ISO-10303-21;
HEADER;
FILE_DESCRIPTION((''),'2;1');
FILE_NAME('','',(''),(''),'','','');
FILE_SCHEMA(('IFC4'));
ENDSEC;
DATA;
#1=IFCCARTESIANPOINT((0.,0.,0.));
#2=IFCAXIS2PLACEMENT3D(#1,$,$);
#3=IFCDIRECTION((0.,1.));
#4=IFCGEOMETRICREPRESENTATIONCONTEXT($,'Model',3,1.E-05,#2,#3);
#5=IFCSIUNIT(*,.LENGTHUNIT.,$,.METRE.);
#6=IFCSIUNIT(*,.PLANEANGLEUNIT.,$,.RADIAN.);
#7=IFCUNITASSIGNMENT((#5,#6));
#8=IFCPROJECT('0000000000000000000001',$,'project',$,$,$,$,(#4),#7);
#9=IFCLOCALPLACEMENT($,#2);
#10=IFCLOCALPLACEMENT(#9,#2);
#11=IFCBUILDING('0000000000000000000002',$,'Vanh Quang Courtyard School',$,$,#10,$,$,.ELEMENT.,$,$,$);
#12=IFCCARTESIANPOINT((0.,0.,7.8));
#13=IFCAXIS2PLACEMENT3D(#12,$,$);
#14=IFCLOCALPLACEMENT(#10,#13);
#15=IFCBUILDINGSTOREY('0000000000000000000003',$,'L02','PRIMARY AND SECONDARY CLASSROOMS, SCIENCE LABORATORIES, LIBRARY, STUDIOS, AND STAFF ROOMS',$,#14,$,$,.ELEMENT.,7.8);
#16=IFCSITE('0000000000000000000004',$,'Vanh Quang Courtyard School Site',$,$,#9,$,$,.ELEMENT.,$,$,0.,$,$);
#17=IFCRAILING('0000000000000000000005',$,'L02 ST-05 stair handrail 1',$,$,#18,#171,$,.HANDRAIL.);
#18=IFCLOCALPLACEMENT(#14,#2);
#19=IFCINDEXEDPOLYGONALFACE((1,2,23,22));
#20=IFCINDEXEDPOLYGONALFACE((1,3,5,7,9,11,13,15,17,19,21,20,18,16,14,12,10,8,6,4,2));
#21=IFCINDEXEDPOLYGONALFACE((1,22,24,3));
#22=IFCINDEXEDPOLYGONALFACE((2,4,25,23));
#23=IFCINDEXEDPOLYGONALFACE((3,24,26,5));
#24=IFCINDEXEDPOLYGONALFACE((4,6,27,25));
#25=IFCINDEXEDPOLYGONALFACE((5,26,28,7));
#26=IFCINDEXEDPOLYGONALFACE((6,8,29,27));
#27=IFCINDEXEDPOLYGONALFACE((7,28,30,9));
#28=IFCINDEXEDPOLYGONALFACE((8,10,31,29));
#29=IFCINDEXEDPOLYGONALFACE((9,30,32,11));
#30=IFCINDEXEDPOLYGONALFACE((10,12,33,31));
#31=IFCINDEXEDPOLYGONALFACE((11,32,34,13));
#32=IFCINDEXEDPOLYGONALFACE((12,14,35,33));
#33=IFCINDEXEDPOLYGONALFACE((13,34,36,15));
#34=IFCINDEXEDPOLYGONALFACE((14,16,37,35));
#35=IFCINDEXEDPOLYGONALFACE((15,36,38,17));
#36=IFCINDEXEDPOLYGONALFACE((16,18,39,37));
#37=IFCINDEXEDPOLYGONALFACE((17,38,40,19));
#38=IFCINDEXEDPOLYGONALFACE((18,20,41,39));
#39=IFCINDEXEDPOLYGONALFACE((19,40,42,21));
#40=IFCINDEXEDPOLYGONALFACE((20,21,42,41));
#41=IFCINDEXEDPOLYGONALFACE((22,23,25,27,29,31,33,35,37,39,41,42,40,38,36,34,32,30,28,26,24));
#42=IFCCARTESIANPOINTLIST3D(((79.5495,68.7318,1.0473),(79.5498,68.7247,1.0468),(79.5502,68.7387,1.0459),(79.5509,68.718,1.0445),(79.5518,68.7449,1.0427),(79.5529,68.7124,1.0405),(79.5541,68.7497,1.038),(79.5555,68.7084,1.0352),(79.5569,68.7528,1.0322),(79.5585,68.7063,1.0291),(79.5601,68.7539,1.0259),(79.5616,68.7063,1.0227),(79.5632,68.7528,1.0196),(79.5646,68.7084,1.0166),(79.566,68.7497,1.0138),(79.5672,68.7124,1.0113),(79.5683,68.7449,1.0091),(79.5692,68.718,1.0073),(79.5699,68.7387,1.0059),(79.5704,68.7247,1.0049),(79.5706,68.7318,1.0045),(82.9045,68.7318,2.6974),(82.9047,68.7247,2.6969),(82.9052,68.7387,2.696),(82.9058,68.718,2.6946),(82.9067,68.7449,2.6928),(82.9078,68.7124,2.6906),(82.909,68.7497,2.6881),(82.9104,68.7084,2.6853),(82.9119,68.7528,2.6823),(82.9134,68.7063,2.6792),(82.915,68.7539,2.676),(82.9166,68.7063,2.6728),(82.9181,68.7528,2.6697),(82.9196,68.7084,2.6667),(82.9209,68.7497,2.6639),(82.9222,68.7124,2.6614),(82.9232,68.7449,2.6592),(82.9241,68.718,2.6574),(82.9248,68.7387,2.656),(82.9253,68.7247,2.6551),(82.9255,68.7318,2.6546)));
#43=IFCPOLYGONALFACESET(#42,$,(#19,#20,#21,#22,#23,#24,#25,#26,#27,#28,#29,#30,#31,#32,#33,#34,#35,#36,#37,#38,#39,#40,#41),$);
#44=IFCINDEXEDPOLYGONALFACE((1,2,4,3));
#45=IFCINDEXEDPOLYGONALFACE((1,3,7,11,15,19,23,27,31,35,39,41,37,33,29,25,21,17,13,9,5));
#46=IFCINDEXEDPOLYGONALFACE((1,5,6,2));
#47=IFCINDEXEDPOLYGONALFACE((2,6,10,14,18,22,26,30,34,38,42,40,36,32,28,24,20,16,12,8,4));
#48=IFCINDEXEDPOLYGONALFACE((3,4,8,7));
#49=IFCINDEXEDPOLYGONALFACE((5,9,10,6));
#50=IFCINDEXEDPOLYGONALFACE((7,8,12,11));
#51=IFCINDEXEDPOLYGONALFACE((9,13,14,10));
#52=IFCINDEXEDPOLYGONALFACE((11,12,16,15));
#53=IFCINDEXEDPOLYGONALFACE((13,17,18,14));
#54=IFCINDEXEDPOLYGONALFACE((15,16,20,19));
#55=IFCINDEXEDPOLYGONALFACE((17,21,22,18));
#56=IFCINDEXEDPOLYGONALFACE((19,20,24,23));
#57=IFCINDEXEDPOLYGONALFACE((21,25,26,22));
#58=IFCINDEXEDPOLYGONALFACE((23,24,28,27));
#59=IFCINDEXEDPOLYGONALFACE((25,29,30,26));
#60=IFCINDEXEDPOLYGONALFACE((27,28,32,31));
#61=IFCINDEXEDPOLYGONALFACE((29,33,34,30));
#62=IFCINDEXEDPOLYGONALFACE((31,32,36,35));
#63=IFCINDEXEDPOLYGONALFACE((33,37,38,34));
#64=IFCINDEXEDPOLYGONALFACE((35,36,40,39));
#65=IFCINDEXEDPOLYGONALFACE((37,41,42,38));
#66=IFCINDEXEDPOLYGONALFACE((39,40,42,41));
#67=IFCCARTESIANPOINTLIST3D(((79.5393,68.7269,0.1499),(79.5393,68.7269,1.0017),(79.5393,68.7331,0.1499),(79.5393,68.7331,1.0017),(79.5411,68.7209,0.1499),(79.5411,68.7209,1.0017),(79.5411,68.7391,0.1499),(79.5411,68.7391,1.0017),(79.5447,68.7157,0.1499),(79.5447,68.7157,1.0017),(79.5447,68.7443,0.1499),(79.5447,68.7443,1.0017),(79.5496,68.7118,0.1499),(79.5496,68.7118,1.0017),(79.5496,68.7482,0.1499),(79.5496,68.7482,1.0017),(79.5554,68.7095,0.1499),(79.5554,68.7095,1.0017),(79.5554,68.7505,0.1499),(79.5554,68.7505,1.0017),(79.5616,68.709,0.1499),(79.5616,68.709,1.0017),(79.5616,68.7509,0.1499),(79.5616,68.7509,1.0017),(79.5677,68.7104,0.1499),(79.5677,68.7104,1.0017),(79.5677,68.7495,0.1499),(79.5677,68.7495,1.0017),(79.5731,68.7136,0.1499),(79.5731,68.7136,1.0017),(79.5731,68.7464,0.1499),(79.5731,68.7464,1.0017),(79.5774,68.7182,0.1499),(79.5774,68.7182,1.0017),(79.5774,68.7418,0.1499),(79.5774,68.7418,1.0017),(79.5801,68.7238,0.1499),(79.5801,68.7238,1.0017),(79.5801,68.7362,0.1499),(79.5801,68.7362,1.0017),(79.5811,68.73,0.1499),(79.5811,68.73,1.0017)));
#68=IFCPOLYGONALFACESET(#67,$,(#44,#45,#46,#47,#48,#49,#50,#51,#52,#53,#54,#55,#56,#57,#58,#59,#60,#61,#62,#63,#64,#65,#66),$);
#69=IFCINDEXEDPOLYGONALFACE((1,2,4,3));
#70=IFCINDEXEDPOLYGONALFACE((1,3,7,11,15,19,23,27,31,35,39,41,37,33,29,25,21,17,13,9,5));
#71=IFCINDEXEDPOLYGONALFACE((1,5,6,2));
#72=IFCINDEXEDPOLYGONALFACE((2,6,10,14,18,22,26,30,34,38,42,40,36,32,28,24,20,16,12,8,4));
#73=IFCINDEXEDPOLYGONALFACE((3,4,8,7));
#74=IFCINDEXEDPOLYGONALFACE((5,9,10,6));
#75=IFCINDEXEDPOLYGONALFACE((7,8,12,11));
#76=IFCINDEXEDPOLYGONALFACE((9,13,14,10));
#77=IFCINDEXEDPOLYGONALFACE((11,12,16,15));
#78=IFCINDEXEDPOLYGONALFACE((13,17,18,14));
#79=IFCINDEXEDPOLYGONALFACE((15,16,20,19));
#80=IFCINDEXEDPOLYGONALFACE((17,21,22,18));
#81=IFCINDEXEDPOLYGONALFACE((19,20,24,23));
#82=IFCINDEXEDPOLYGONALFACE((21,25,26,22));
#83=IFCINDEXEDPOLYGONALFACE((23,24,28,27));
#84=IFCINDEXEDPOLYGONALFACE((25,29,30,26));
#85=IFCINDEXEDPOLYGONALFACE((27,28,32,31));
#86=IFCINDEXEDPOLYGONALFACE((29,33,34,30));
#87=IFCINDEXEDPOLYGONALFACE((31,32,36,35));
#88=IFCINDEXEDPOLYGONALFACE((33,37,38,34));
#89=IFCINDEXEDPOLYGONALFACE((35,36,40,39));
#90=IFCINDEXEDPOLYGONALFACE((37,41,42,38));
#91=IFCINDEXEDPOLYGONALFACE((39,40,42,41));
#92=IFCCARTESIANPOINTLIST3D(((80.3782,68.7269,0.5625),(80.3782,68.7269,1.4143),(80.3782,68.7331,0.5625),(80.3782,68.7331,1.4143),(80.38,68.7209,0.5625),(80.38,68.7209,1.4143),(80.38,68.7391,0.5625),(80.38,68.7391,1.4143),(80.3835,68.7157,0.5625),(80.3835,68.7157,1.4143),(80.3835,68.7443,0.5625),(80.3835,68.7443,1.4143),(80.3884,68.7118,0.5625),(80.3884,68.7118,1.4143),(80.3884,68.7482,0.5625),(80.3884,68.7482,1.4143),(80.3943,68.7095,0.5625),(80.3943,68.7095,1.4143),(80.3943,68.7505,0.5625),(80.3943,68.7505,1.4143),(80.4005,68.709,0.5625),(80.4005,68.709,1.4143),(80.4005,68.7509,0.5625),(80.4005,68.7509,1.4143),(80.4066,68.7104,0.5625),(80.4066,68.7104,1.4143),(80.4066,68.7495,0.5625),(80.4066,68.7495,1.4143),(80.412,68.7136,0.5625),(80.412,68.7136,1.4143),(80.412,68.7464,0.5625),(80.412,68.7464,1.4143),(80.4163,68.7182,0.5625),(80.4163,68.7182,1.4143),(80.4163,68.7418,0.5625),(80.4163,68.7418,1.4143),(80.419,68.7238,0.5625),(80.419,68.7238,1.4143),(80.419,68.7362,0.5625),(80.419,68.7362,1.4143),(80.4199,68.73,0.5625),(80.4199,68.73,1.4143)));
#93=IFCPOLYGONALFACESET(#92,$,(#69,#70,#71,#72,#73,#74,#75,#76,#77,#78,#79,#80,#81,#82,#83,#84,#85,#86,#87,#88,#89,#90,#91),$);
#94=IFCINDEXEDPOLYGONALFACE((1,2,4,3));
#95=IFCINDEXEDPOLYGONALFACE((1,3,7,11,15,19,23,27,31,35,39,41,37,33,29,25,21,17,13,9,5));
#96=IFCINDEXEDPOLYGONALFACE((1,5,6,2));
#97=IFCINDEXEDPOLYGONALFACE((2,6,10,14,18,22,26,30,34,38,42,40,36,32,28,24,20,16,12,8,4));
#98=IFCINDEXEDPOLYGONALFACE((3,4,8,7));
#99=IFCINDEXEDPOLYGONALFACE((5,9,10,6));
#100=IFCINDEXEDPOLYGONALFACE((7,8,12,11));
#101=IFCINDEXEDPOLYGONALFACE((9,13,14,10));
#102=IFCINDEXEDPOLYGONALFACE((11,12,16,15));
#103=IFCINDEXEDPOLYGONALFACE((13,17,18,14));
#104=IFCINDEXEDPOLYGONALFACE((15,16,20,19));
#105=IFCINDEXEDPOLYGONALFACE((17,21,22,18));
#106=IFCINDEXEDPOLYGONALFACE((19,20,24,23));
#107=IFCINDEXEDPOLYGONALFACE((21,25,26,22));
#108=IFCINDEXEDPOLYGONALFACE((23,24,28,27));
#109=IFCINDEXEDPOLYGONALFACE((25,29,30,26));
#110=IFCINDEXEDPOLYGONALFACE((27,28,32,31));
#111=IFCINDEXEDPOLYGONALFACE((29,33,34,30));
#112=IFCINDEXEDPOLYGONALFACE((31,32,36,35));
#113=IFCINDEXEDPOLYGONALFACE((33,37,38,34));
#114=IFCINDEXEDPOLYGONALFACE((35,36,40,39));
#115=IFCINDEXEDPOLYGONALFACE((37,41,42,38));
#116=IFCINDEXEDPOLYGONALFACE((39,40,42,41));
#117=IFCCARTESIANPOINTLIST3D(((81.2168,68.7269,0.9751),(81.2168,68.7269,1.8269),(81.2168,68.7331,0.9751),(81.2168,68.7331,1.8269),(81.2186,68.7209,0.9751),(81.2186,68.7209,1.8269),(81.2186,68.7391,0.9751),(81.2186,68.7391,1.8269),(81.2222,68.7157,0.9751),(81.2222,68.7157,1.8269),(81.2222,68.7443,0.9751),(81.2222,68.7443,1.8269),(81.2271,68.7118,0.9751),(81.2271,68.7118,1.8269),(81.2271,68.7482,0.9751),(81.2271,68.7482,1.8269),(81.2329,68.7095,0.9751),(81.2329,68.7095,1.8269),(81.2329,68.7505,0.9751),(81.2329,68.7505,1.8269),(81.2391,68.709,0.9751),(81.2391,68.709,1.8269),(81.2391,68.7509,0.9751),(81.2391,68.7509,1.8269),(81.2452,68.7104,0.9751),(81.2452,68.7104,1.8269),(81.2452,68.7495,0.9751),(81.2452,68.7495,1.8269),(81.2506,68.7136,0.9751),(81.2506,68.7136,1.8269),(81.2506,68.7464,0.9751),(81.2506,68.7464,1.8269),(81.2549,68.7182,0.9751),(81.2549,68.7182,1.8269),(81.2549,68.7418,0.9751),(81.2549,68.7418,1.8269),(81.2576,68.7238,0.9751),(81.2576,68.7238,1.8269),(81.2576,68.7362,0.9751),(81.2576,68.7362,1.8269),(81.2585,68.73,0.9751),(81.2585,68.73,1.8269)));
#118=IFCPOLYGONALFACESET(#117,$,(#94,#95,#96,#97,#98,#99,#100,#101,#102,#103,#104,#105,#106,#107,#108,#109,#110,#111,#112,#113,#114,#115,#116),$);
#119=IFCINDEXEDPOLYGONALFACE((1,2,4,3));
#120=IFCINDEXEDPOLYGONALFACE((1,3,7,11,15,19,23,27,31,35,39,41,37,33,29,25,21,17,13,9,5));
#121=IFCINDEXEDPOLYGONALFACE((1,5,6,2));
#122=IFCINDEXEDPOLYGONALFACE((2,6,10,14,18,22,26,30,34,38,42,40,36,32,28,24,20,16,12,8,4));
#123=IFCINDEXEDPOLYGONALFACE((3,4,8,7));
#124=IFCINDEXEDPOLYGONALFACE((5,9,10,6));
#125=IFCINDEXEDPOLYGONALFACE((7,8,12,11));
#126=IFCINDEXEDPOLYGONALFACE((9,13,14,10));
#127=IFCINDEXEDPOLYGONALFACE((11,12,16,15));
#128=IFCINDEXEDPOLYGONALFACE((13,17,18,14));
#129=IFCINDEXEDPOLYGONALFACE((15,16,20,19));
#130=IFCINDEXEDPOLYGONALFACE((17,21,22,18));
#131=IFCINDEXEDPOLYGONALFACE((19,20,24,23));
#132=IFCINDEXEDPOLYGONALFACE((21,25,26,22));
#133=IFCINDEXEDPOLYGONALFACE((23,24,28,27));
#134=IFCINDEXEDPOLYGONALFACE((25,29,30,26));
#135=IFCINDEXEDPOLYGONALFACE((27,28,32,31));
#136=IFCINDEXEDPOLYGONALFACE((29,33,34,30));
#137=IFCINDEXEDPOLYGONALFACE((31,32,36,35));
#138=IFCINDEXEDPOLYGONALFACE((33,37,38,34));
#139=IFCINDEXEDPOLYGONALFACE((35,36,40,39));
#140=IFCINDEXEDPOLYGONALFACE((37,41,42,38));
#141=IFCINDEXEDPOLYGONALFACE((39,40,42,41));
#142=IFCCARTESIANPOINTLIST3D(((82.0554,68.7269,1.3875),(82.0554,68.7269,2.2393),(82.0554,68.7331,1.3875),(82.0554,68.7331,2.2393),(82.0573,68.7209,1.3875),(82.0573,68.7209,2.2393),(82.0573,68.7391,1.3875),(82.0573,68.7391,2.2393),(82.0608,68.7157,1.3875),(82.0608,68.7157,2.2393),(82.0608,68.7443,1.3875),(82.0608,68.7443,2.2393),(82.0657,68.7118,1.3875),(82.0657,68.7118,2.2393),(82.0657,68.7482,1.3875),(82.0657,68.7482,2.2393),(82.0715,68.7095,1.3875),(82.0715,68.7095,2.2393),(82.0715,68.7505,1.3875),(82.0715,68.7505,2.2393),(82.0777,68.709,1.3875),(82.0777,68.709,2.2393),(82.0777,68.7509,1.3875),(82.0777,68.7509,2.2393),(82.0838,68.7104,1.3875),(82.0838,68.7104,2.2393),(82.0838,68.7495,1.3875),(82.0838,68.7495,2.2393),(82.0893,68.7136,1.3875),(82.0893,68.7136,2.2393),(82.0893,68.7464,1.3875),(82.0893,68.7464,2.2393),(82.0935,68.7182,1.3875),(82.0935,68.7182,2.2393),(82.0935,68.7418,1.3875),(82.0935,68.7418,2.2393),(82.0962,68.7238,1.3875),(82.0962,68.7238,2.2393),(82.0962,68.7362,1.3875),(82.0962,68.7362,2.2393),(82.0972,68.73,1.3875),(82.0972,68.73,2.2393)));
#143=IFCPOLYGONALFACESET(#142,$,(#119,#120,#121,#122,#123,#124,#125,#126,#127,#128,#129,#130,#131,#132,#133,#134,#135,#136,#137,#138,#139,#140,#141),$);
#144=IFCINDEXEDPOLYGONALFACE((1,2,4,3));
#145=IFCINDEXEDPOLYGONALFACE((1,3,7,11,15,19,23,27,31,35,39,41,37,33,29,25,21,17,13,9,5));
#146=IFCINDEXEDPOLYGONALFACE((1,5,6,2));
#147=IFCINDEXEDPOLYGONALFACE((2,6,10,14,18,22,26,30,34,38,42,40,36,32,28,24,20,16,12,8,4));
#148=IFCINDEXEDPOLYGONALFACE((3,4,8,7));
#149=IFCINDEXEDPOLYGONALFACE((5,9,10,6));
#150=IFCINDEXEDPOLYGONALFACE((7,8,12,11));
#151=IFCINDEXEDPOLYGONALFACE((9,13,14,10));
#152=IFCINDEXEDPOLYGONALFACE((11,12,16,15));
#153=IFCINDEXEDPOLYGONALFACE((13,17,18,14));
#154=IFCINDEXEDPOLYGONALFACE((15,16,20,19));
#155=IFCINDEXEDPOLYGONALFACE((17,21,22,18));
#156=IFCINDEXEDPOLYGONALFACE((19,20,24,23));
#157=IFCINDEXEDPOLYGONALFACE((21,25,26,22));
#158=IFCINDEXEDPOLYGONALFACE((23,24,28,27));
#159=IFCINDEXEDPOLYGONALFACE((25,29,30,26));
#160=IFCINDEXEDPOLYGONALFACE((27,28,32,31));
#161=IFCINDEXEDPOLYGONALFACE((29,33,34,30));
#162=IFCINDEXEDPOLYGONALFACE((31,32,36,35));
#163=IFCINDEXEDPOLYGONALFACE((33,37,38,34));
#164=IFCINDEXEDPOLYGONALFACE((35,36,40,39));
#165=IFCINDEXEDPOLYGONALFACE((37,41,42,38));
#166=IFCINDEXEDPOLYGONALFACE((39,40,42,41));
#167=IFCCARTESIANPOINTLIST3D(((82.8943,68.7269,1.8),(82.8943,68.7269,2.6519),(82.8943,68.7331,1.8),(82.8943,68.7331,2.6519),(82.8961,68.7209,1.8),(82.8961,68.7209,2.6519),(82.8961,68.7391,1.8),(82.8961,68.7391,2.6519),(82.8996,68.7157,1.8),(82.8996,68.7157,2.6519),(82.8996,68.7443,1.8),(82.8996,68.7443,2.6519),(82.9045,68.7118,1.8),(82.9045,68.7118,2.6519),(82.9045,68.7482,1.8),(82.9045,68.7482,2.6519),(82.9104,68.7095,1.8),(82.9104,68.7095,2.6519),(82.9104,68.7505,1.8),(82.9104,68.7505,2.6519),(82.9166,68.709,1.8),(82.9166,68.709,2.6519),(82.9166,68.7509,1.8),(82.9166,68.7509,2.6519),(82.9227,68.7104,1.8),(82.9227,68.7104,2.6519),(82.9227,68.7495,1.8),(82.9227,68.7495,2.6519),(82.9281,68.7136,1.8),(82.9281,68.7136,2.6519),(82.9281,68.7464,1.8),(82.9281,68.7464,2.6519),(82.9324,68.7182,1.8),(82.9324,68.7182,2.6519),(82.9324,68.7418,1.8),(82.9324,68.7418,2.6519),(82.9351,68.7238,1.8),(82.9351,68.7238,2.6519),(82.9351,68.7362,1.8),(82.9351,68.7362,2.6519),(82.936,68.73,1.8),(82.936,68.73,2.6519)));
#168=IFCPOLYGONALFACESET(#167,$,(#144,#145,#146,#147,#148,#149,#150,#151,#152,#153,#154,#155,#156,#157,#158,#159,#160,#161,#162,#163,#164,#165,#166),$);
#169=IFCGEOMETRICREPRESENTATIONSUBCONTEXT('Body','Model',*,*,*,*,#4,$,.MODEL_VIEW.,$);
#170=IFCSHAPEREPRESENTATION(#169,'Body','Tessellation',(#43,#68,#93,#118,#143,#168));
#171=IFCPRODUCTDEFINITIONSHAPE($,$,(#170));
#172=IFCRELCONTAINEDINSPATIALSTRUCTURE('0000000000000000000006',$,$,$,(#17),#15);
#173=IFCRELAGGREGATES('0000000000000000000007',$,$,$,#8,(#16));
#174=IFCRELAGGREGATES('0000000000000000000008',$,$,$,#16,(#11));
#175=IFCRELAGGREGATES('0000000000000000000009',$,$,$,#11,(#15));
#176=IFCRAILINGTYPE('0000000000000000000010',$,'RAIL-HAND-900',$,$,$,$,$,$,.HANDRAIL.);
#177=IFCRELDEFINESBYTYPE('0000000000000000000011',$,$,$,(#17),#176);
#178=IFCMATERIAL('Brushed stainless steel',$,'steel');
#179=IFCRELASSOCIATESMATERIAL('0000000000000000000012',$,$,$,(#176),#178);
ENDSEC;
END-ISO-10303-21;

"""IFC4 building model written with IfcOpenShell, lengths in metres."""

from ifc_helpers import new_model, si_unit, direction, frame, origin, origin_2d, place, context, subcontext, project, spatial, circle, extrude, material, type_object, element, save


model = new_model("IFC4")

# Units and contexts
model_context = context("Model", 3, precision=1e-05, world=origin(), true_north=direction((0.0, 1.0)))
body_context = subcontext(model_context, "Body", "Model", "MODEL_VIEW")
ifc_project = project(units=[si_unit("LENGTHUNIT", "METRE"), si_unit("PLANEANGLEUNIT", "RADIAN")], contexts=[model_context])

# Site, building, storey
site_placement = place(None, origin())
site = spatial("IfcSite", under=ifc_project, at=site_placement, Name="Vanh Quang Courtyard School Site", CompositionType="ELEMENT", RefElevation=0.0)
building_placement = place(site_placement, origin())
building = spatial("IfcBuilding", under=site, at=building_placement, Name="Vanh Quang Courtyard School", CompositionType="ELEMENT")
storey_placement = place(building_placement, frame((0.0, 0.0, 7.8)))
storey = spatial("IfcBuildingStorey", under=building, at=storey_placement, Name="L02", Description="PRIMARY AND SECONDARY CLASSROOMS, SCIENCE LABORATORIES, LIBRARY, STUDIOS, AND STAFF ROOMS", CompositionType="ELEMENT", Elevation=7.8)

# Railing
ifc_material_1 = material(Name="Brushed stainless steel", Category="steel")
railing_type_1 = type_object("IfcRailingType", Name="RAIL-HAND-900", PredefinedType="HANDRAIL", material=ifc_material_1)
railing_1_placement = place(storey_placement, frame((79.5601, 68.73, 0.1499)))
element("IfcRailing", 1, at=railing_1_placement, inside=storey, type_object=railing_type_1, Name="L02 ST-05 stair handrail 1", PredefinedType="HANDRAIL", context=body_context, shape_type="SweptSolid", body=[
    extrude(circle(Radius=0.0239, at=origin_2d()), frame((0.0, 0.0, 0.876), z_axis=(0.897333, 0.0, 0.441353), x_axis=(0.0, 1.0, 0.0)), (0.0, 0.0, 1.0), 3.7388),
    extrude(circle(Radius=0.021, at=origin_2d()), origin(), (0.0, 0.0, 1.0), 0.8518),
    extrude(circle(Radius=0.021, at=origin_2d()), frame((0.8389, 0.0, 0.4126)), (0.0, 0.0, 1.0), 0.8518),
    extrude(circle(Radius=0.021, at=origin_2d()), frame((1.6775, 0.0, 0.8252)), (0.0, 0.0, 1.0), 0.8518),
    extrude(circle(Radius=0.021, at=origin_2d()), frame((2.5161, 0.0, 1.2375)), (0.0, 0.0, 1.0), 0.8518),
    extrude(circle(Radius=0.021, at=origin_2d()), frame((3.355, 0.0, 1.6501)), (0.0, 0.0, 1.0), 0.8518),
])

save(model, "model.ifc")
